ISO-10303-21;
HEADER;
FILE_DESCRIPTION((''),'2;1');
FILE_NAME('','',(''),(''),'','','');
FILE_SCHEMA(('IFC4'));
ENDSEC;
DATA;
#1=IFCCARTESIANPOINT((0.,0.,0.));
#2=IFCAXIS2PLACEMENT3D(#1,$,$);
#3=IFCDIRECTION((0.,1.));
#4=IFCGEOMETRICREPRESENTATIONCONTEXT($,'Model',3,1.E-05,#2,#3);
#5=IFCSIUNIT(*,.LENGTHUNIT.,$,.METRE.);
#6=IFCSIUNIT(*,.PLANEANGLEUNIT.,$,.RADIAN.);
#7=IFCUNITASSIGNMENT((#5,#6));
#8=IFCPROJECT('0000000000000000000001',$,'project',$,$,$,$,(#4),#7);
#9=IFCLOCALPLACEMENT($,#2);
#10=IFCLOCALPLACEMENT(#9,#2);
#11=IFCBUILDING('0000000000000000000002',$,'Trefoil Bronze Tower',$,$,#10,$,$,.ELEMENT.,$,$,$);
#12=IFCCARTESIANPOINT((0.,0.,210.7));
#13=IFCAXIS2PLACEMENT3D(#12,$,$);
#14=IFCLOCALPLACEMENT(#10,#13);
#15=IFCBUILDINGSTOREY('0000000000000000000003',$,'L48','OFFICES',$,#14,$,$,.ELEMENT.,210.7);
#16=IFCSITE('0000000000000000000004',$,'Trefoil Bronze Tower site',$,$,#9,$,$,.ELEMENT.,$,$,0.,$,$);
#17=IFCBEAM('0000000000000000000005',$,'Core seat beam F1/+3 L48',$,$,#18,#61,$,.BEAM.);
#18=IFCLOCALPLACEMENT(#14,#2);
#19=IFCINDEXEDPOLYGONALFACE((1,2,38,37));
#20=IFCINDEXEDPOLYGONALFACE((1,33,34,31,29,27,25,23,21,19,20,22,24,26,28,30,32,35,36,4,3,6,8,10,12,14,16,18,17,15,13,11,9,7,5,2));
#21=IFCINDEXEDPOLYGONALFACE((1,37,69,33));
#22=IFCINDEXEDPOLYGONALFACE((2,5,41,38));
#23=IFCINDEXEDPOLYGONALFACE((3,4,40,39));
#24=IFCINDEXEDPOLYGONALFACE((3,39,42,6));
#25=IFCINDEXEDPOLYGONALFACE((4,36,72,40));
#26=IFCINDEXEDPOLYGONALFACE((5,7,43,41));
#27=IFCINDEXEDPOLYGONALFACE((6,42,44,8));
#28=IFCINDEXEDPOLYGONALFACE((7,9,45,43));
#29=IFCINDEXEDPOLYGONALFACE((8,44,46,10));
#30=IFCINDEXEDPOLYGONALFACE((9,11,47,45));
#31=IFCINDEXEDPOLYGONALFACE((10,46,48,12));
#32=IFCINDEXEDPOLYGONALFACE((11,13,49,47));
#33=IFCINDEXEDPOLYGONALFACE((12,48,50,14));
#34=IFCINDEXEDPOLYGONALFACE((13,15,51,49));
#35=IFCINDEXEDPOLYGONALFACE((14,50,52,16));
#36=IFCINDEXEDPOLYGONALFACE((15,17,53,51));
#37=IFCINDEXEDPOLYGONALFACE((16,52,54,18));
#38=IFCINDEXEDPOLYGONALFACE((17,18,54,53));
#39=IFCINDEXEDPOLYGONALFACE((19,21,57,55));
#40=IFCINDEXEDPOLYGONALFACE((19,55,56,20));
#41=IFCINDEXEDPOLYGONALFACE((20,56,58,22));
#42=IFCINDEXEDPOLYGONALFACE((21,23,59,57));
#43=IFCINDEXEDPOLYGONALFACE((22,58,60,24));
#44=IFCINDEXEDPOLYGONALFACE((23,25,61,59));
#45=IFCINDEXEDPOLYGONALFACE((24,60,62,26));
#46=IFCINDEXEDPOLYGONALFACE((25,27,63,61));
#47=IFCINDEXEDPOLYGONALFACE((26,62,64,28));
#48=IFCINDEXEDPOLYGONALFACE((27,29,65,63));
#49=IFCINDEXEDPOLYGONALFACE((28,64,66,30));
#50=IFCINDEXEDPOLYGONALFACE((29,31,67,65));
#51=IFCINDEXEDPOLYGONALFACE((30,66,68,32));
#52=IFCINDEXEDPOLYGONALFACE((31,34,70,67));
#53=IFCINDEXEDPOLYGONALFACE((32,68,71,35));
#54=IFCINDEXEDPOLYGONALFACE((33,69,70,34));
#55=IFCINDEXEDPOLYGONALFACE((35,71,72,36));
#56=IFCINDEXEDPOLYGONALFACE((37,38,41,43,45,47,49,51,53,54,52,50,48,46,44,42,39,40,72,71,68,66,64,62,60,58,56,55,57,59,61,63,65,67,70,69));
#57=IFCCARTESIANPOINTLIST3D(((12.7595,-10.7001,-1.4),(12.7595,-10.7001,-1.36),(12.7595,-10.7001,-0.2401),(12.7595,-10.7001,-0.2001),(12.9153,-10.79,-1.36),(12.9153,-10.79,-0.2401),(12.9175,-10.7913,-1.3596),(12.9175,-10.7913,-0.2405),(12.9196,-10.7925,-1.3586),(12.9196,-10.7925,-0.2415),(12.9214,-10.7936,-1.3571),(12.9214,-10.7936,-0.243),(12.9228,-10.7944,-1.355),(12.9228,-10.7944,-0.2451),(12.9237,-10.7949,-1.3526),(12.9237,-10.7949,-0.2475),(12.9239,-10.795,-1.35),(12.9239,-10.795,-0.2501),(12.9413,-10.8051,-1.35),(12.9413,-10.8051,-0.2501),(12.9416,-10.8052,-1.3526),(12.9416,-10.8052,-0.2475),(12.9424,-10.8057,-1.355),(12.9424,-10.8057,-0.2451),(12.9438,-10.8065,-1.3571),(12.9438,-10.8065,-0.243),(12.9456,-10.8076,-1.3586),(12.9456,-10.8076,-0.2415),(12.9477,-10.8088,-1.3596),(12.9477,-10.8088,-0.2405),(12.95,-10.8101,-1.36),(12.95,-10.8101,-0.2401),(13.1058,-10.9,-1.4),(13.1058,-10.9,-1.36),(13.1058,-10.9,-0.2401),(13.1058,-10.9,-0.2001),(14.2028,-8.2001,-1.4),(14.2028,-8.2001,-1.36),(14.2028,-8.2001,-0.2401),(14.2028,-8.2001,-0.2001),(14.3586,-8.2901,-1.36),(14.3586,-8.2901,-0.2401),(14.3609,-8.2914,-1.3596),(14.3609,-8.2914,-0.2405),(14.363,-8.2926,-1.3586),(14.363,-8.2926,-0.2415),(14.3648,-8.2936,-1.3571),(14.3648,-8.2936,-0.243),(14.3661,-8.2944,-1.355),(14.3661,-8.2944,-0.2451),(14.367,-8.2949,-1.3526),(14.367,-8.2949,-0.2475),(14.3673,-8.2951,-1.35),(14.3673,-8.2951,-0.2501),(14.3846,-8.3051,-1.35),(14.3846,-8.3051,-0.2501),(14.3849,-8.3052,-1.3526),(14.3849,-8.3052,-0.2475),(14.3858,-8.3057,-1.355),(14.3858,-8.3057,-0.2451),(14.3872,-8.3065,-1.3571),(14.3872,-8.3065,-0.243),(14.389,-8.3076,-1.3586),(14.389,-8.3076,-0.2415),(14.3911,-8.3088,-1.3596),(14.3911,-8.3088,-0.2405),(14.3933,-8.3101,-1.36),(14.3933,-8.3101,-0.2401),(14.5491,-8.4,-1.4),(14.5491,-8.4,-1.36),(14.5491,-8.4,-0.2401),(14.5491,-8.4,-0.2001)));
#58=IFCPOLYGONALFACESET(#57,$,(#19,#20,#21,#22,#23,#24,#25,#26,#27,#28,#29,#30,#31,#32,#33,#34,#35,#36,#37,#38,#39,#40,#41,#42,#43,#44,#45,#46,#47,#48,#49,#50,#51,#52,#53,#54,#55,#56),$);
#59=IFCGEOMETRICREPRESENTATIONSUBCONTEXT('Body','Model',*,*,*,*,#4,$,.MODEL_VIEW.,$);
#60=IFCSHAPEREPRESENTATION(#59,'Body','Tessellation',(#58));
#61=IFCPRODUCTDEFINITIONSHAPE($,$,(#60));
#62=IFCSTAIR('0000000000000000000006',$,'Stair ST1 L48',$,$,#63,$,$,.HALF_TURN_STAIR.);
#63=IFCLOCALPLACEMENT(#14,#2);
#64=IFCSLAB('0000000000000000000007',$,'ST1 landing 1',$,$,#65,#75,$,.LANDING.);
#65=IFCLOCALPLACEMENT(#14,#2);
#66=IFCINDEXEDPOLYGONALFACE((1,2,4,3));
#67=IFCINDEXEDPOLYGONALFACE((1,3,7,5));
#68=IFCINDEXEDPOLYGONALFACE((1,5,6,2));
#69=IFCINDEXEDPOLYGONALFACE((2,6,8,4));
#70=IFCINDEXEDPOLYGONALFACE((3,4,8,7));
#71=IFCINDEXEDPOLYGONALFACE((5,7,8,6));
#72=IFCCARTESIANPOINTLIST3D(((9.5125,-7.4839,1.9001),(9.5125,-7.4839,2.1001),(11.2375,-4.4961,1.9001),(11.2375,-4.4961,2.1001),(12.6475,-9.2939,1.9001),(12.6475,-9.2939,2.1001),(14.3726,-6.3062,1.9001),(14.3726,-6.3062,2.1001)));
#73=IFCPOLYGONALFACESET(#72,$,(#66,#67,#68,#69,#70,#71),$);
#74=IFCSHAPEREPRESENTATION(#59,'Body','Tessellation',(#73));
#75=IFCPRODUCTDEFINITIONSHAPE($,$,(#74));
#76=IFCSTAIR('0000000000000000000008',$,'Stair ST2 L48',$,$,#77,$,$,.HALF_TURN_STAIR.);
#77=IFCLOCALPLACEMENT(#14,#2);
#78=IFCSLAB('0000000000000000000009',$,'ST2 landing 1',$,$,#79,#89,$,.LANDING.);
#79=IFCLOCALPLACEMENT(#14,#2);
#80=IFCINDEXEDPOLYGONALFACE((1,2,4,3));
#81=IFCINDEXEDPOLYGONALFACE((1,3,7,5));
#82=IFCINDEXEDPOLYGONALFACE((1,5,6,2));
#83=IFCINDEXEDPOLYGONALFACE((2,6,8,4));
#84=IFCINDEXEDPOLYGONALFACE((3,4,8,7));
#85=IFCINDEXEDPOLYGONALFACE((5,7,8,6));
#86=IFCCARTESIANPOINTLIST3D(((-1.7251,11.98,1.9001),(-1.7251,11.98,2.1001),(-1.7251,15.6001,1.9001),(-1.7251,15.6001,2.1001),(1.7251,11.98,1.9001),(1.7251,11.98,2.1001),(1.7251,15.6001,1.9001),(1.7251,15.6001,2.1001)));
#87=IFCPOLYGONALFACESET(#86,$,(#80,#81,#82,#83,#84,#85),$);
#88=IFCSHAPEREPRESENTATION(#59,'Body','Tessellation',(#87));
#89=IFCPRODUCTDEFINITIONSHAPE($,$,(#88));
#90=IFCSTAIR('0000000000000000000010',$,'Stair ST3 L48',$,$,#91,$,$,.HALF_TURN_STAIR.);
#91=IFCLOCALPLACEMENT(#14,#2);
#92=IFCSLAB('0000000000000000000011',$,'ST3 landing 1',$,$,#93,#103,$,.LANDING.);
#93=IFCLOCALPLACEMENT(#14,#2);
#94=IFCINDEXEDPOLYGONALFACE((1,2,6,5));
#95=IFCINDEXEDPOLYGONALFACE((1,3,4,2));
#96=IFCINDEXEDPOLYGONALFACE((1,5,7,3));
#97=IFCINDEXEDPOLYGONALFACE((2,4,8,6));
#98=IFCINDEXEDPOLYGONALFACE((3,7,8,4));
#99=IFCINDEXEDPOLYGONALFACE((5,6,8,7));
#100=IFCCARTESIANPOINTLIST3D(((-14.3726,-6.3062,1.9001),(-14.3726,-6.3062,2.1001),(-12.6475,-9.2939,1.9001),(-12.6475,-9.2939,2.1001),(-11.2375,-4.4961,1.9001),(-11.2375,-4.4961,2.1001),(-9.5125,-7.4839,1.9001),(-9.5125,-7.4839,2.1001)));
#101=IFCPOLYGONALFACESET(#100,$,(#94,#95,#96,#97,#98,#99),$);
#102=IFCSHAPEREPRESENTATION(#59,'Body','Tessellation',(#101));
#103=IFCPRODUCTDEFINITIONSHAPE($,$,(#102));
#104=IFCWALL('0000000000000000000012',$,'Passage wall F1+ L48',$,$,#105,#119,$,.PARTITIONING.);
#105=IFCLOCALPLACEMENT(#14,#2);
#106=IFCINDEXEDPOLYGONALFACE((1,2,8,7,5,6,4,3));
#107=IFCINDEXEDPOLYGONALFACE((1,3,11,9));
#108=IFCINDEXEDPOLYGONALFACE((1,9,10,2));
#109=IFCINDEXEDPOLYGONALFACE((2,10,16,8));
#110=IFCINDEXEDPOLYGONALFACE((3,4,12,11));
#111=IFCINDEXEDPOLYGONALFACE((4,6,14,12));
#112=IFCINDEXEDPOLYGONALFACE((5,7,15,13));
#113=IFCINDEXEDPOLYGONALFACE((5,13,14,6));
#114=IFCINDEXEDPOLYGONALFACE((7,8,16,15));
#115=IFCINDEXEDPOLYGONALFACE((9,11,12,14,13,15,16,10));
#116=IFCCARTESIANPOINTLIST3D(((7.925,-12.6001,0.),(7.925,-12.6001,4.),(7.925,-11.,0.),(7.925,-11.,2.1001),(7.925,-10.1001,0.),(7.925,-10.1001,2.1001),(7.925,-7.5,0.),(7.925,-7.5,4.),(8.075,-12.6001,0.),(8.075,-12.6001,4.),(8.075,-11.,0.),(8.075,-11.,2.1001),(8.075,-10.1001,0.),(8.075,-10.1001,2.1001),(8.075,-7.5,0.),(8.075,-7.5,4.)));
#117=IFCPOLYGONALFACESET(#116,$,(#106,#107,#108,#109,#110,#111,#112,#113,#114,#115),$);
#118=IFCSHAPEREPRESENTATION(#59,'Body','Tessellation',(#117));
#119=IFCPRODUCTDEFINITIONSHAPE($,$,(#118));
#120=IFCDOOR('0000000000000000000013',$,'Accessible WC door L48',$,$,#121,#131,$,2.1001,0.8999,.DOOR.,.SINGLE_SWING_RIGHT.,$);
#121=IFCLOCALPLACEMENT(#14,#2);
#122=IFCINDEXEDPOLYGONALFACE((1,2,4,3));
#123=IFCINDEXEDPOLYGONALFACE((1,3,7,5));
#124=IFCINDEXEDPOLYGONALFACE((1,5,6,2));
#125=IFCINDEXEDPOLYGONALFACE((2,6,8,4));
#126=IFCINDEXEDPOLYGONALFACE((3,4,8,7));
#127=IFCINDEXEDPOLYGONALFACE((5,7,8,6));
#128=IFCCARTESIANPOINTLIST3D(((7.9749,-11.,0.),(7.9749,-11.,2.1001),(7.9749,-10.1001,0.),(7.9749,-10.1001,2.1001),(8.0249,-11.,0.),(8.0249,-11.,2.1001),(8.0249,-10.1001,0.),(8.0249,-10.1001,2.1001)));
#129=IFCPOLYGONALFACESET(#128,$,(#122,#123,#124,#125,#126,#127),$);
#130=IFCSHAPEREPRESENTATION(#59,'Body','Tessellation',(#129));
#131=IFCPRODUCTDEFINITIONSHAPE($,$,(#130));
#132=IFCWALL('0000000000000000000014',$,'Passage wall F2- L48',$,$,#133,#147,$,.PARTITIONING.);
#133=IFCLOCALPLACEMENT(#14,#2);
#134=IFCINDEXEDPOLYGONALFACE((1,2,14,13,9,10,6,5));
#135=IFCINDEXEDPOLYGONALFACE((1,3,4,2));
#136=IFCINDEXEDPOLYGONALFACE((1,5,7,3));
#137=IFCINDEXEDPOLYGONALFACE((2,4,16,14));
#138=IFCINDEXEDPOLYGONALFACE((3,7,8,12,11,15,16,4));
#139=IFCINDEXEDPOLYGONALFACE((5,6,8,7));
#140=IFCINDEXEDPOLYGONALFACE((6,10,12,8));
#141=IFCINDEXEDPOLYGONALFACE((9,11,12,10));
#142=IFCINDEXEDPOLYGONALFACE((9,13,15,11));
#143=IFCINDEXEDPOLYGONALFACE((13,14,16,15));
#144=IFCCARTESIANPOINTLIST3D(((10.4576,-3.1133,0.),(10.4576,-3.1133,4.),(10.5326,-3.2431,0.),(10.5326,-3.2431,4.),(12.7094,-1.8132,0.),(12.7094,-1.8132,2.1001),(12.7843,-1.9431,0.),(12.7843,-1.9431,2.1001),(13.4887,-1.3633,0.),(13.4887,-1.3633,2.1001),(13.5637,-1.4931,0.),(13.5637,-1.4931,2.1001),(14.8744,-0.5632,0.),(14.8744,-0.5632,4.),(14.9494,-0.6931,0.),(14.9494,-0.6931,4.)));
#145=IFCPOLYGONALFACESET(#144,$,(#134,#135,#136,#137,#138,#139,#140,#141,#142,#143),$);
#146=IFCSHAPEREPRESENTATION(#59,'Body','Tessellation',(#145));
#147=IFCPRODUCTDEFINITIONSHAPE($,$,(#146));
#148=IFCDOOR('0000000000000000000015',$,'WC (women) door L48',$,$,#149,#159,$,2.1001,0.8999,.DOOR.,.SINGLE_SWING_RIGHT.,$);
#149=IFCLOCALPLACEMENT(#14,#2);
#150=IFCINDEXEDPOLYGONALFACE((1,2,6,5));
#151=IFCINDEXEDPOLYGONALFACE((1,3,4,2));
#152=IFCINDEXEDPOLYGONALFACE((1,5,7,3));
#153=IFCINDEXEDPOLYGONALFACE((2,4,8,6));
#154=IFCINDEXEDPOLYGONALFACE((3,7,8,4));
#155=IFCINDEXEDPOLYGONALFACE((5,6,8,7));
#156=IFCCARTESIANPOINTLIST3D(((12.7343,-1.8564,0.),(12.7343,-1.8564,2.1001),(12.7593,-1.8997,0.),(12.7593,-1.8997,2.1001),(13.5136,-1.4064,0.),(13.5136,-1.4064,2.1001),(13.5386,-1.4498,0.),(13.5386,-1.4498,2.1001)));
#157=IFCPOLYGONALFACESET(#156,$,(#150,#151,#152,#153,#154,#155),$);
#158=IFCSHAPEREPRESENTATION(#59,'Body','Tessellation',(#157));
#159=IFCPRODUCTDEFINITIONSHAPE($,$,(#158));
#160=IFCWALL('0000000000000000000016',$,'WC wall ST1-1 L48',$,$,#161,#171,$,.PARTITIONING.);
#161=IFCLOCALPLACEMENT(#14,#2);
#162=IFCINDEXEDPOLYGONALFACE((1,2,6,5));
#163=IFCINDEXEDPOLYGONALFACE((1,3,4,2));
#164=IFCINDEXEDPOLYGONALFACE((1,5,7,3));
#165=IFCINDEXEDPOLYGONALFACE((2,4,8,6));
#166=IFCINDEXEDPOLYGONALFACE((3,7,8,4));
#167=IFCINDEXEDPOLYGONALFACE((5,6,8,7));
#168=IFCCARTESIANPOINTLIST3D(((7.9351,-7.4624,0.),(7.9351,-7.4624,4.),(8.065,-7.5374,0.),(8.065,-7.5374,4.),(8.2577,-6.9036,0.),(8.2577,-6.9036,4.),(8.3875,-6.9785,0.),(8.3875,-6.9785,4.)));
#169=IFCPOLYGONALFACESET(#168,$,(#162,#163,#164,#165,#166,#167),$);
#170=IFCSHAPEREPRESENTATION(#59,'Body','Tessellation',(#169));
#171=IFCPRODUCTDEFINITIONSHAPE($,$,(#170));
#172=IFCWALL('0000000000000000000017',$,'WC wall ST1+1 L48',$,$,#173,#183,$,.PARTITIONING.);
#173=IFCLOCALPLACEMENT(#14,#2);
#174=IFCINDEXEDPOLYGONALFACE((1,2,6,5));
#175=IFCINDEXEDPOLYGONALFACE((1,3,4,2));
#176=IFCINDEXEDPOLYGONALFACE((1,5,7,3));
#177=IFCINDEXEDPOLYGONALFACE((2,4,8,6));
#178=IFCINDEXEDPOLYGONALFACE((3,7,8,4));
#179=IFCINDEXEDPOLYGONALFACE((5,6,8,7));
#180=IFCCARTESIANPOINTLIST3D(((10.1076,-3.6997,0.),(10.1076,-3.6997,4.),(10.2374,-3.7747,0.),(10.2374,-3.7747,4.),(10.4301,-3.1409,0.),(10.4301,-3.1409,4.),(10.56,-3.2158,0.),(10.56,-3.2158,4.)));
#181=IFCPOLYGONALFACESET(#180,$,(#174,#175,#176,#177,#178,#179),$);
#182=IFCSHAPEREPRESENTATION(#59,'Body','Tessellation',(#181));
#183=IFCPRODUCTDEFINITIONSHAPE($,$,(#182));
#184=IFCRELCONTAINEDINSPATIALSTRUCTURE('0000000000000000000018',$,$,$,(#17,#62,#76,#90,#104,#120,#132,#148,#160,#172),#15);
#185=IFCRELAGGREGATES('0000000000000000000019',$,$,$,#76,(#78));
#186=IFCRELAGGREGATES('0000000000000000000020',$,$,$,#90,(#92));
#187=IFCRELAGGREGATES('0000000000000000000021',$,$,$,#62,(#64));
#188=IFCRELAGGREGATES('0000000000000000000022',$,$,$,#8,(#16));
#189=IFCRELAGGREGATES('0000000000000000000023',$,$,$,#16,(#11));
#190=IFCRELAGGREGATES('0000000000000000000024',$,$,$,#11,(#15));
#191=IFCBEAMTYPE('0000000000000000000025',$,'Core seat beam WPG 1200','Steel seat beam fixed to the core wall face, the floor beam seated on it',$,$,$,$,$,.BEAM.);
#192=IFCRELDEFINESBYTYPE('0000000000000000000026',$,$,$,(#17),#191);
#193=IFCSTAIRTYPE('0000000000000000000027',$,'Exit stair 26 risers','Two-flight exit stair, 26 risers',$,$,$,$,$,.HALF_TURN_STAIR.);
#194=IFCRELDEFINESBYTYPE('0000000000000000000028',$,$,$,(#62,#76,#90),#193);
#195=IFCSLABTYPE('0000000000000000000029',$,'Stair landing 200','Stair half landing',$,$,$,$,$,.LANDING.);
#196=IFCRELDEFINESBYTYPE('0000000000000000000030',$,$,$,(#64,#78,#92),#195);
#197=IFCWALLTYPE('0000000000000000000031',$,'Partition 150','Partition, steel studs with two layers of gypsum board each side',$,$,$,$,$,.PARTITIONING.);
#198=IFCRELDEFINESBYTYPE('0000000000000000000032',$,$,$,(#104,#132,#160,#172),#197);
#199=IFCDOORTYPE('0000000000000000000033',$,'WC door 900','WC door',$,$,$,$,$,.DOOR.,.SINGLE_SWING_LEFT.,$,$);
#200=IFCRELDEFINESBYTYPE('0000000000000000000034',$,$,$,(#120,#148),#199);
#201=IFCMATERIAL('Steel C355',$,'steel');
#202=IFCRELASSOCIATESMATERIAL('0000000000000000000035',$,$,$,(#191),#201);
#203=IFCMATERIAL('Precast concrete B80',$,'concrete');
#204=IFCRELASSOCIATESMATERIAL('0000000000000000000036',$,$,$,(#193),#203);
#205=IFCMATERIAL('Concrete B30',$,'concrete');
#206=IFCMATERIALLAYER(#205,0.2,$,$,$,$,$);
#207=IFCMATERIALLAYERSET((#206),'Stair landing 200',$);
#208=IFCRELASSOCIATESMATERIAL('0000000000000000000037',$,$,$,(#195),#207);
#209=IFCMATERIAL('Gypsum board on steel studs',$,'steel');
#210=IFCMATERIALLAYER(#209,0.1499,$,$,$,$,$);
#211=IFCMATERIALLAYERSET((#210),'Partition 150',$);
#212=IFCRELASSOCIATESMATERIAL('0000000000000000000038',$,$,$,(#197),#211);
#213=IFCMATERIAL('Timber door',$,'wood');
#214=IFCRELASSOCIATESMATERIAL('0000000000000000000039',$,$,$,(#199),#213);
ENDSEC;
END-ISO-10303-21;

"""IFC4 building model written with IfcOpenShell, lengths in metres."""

from ifc_helpers import new_model, si_unit, direction, frame, frame_2d, origin, origin_2d, place, context, subcontext, project, spatial, polyline, rectangle, i_section, outline, extrude, material, layer, layer_set, material_profile, profile_set, type_object, element, fill, aggregate, save


model = new_model("IFC4")

# Units and contexts
model_context = context("Model", 3, precision=1e-05, world=origin(), true_north=direction((0.0, 1.0)))
body_context = subcontext(model_context, "Body", "Model", "MODEL_VIEW")
ifc_project = project(units=[si_unit("LENGTHUNIT", "METRE"), si_unit("PLANEANGLEUNIT", "RADIAN")], contexts=[model_context])

# Site, building, storey
site_placement = place(None, origin())
site = spatial("IfcSite", under=ifc_project, at=site_placement, Name="Trefoil Bronze Tower site", CompositionType="ELEMENT", RefElevation=0.0)
building_placement = place(site_placement, origin())
building = spatial("IfcBuilding", under=site, at=building_placement, Name="Trefoil Bronze Tower", CompositionType="ELEMENT")
storey_placement = place(building_placement, frame((0.0, 0.0, 210.7)))
storey = spatial("IfcBuildingStorey", under=building, at=storey_placement, Name="L48", Description="OFFICES", CompositionType="ELEMENT", Elevation=210.7)

# Beam
ifc_material_1 = material(Name="Steel C355", Category="steel")
ifc_material_profile = material_profile(ifc_material_1, i_section(OverallWidth=0.3999, OverallDepth=1.2, WebThickness=0.02, FlangeThickness=0.04, FilletRadius=0.01, at=origin_2d()), Name="WPG 1200")
ifc_profile_set = profile_set([ifc_material_profile], Name="Steel C355")
beam_type = type_object("IfcBeamType", Name="Core seat beam WPG 1200", Description="Steel seat beam fixed to the core wall face, the floor beam seated on it", PredefinedType="BEAM", material=ifc_profile_set)
beam_placement = place(storey_placement, frame((12.9326, -10.8, -0.8), z_axis=(0.499996, 0.866028, 0.0), x_axis=(-0.866028, 0.499996, 0.0)))
element("IfcBeam", 1, at=beam_placement, inside=storey, type_object=beam_type, Name="Core seat beam F1/+3 L48", PredefinedType="BEAM", context=body_context, shape_type="SweptSolid", body=[
    extrude(i_section(OverallWidth=0.3999, OverallDepth=1.2, WebThickness=0.02, FlangeThickness=0.04, FilletRadius=0.01, at=origin_2d()), origin(), (0.0, 0.0, 1.0), 2.8867),
])

# Stairs, slabs
ifc_material_2 = material(Name="Precast concrete B80", Category="concrete")
stair_type = type_object("IfcStairType", Name="Exit stair 26 risers", Description="Two-flight exit stair, 26 risers", PredefinedType="HALF_TURN_STAIR", material=ifc_material_2)
stair_1_placement = place(storey_placement, origin())
stair_1 = element("IfcStair", 2, at=stair_1_placement, inside=storey, type_object=stair_type, Name="Stair ST1 L48", PredefinedType="HALF_TURN_STAIR")
ifc_material_3 = material(Name="Concrete B30", Category="concrete")
ifc_layer_1 = layer(ifc_material_3, 0.2)
ifc_layer_set_1 = layer_set([ifc_layer_1], Name="Stair landing 200")
slab_type = type_object("IfcSlabType", Name="Stair landing 200", Description="Stair half landing", PredefinedType="LANDING", material=ifc_layer_set_1)
slab_1_placement = place(storey_placement, frame((0.0, 0.0, 1.9001)))
slab_1 = element("IfcSlab", 3, at=slab_1_placement, type_object=slab_type, Name="ST1 landing 1", PredefinedType="LANDING", context=body_context, shape_type="SweptSolid", body=[
    extrude(outline(polyline([(9.5125, -7.4839), (12.6475, -9.2939), (14.3726, -6.3062), (11.2375, -4.4961), (9.5125, -7.4839)])), origin(), (0.0, 0.0, 1.0), 0.2),
])
stair_2_placement = place(storey_placement, origin())
stair_2 = element("IfcStair", 4, at=stair_2_placement, inside=storey, type_object=stair_type, Name="Stair ST2 L48", PredefinedType="HALF_TURN_STAIR")
slab_2_placement = place(storey_placement, frame((0.0, 0.0, 1.9001)))
slab_2 = element("IfcSlab", 5, at=slab_2_placement, type_object=slab_type, Name="ST2 landing 1", PredefinedType="LANDING", context=body_context, shape_type="SweptSolid", body=[
    extrude(outline(polyline([(1.7251, 11.98), (1.7251, 15.6001), (-1.7251, 15.6001), (-1.7251, 11.98), (1.7251, 11.98)])), origin(), (0.0, 0.0, 1.0), 0.2),
])
aggregate(stair_2, [slab_2])
stair_3_placement = place(storey_placement, origin())
stair_3 = element("IfcStair", 6, at=stair_3_placement, inside=storey, type_object=stair_type, Name="Stair ST3 L48", PredefinedType="HALF_TURN_STAIR")
slab_3_placement = place(storey_placement, frame((0.0, 0.0, 1.9001)))
slab_3 = element("IfcSlab", 7, at=slab_3_placement, type_object=slab_type, Name="ST3 landing 1", PredefinedType="LANDING", context=body_context, shape_type="SweptSolid", body=[
    extrude(outline(polyline([(-11.2375, -4.4961), (-14.3726, -6.3062), (-12.6475, -9.2939), (-9.5125, -7.4839), (-11.2375, -4.4961)])), origin(), (0.0, 0.0, 1.0), 0.2),
])
aggregate(stair_3, [slab_3])

# Walls, openings, doors
ifc_material_4 = material(Name="Gypsum board on steel studs", Category="steel")
ifc_layer_2 = layer(ifc_material_4, 0.1499)
ifc_layer_set_2 = layer_set([ifc_layer_2], Name="Partition 150")
wall_type_1 = type_object("IfcWallType", Name="Partition 150", Description="Partition, steel studs with two layers of gypsum board each side", PredefinedType="PARTITIONING", material=ifc_layer_set_2)
wall_1_placement = place(storey_placement, frame((8.0, -7.5, 0.0), z_axis=(0.0, 0.0, 1.0), x_axis=(0.0, -1.0, 0.0)))
wall_1 = element("IfcWall", 8, at=wall_1_placement, inside=storey, type_object=wall_type_1, Name="Passage wall F1+ L48", PredefinedType="PARTITIONING", context=body_context, shape_type="SweptSolid", body=[
    extrude(rectangle(XDim=5.1001, YDim=0.1499, at=frame_2d((2.55, 0.0))), origin(), (0.0, 0.0, 1.0), 4.0),
])
opening_1_placement = place(wall_1_placement, frame((2.6001, 0.0, 0.0)))
opening_1 = element("IfcOpeningElement", 9, at=opening_1_placement, cuts=wall_1, PredefinedType="OPENING", context=body_context, shape_type="SweptSolid", body=[
    extrude(rectangle(XDim=0.8999, YDim=2.1001, at=frame_2d((0.45, 1.05))), frame((0.0, 0.085, 0.0), z_axis=(0.0, -1.0, 0.0), x_axis=(1.0, 0.0, 0.0)), (0.0, 0.0, 1.0), 0.1699),
])
ifc_material_5 = material(Name="Timber door", Category="wood")
door_type_1 = type_object("IfcDoorType", Name="WC door 900", Description="WC door", OperationType="SINGLE_SWING_LEFT", PredefinedType="DOOR", material=ifc_material_5)
door_1_placement = place(opening_1_placement, origin())
door_1 = element("IfcDoor", 10, at=door_1_placement, inside=storey, type_object=door_type_1, Name="Accessible WC door L48", OperationType="SINGLE_SWING_RIGHT", OverallHeight=2.1001, OverallWidth=0.8999, PredefinedType="DOOR", context=body_context, shape_type="SweptSolid", body=[
    extrude(rectangle(XDim=0.8999, YDim=2.1001, at=frame_2d((0.45, 1.05))), frame((0.0, 0.0249, 0.0), z_axis=(0.0, -1.0, 0.0), x_axis=(1.0, 0.0, 0.0)), (0.0, 0.0, 1.0), 0.05),
])
fill(opening_1, door_1)
wall_2_placement = place(storey_placement, frame((10.4951, -3.1782, 0.0), z_axis=(0.0, 0.0, 1.0), x_axis=(0.866022, 0.500006, 0.0)))
wall_2 = element("IfcWall", 11, at=wall_2_placement, inside=storey, type_object=wall_type_1, Name="Passage wall F2- L48", PredefinedType="PARTITIONING", context=body_context, shape_type="SweptSolid", body=[
    extrude(rectangle(XDim=5.1001, YDim=0.1499, at=frame_2d((2.55, 0.0))), origin(), (0.0, 0.0, 1.0), 4.0),
])
opening_2_placement = place(wall_2_placement, frame((2.6001, 0.0, 0.0)))
opening_2 = element("IfcOpeningElement", 12, at=opening_2_placement, cuts=wall_2, PredefinedType="OPENING", context=body_context, shape_type="SweptSolid", body=[
    extrude(rectangle(XDim=0.8999, YDim=2.1001, at=frame_2d((0.45, 1.05))), frame((0.0, 0.085, 0.0), z_axis=(0.0, -1.0, 0.0), x_axis=(1.0, 0.0, 0.0)), (0.0, 0.0, 1.0), 0.1699),
])
door_2_placement = place(opening_2_placement, frame((0.8999, 0.0, 0.0), z_axis=(0.0, 0.0, 1.0), x_axis=(-1.0, 0.0, 0.0)))
door_2 = element("IfcDoor", 13, at=door_2_placement, inside=storey, type_object=door_type_1, Name="WC (women) door L48", OperationType="SINGLE_SWING_RIGHT", OverallHeight=2.1001, OverallWidth=0.8999, PredefinedType="DOOR", context=body_context, shape_type="SweptSolid", body=[
    extrude(rectangle(XDim=0.8999, YDim=2.1001, at=frame_2d((0.45, 1.05))), frame((0.0, 0.0249, 0.0), z_axis=(0.0, -1.0, 0.0), x_axis=(1.0, 0.0, 0.0)), (0.0, 0.0, 1.0), 0.05),
])
fill(opening_2, door_2)

# Walls
for number, where, z_axis, x_axis, name in (
    (14, (8.0, -7.5, 0.0), (0.0, 0.0, 1.0), (0.499843, 0.866116, 0.0), "WC wall ST1-1 L48"),
    (15, (10.4951, -3.1782, 0.0), (0.0, 0.0, 1.0), (-0.499843, -0.866116, 0.0), "WC wall ST1+1 L48"),
):
    element("IfcWall", number, at=place(storey_placement, frame(where, z_axis=z_axis, x_axis=x_axis)), inside=storey, type_object=wall_type_1, Name=name, PredefinedType="PARTITIONING", context=body_context, shape_type="SweptSolid", body=[
        extrude(rectangle(XDim=0.6453, YDim=0.1499, at=frame_2d((0.3228, 0.0))), origin(), (0.0, 0.0, 1.0), 4.0),
    ])

aggregate(stair_1, [slab_1])

save(model, "model.ifc")
